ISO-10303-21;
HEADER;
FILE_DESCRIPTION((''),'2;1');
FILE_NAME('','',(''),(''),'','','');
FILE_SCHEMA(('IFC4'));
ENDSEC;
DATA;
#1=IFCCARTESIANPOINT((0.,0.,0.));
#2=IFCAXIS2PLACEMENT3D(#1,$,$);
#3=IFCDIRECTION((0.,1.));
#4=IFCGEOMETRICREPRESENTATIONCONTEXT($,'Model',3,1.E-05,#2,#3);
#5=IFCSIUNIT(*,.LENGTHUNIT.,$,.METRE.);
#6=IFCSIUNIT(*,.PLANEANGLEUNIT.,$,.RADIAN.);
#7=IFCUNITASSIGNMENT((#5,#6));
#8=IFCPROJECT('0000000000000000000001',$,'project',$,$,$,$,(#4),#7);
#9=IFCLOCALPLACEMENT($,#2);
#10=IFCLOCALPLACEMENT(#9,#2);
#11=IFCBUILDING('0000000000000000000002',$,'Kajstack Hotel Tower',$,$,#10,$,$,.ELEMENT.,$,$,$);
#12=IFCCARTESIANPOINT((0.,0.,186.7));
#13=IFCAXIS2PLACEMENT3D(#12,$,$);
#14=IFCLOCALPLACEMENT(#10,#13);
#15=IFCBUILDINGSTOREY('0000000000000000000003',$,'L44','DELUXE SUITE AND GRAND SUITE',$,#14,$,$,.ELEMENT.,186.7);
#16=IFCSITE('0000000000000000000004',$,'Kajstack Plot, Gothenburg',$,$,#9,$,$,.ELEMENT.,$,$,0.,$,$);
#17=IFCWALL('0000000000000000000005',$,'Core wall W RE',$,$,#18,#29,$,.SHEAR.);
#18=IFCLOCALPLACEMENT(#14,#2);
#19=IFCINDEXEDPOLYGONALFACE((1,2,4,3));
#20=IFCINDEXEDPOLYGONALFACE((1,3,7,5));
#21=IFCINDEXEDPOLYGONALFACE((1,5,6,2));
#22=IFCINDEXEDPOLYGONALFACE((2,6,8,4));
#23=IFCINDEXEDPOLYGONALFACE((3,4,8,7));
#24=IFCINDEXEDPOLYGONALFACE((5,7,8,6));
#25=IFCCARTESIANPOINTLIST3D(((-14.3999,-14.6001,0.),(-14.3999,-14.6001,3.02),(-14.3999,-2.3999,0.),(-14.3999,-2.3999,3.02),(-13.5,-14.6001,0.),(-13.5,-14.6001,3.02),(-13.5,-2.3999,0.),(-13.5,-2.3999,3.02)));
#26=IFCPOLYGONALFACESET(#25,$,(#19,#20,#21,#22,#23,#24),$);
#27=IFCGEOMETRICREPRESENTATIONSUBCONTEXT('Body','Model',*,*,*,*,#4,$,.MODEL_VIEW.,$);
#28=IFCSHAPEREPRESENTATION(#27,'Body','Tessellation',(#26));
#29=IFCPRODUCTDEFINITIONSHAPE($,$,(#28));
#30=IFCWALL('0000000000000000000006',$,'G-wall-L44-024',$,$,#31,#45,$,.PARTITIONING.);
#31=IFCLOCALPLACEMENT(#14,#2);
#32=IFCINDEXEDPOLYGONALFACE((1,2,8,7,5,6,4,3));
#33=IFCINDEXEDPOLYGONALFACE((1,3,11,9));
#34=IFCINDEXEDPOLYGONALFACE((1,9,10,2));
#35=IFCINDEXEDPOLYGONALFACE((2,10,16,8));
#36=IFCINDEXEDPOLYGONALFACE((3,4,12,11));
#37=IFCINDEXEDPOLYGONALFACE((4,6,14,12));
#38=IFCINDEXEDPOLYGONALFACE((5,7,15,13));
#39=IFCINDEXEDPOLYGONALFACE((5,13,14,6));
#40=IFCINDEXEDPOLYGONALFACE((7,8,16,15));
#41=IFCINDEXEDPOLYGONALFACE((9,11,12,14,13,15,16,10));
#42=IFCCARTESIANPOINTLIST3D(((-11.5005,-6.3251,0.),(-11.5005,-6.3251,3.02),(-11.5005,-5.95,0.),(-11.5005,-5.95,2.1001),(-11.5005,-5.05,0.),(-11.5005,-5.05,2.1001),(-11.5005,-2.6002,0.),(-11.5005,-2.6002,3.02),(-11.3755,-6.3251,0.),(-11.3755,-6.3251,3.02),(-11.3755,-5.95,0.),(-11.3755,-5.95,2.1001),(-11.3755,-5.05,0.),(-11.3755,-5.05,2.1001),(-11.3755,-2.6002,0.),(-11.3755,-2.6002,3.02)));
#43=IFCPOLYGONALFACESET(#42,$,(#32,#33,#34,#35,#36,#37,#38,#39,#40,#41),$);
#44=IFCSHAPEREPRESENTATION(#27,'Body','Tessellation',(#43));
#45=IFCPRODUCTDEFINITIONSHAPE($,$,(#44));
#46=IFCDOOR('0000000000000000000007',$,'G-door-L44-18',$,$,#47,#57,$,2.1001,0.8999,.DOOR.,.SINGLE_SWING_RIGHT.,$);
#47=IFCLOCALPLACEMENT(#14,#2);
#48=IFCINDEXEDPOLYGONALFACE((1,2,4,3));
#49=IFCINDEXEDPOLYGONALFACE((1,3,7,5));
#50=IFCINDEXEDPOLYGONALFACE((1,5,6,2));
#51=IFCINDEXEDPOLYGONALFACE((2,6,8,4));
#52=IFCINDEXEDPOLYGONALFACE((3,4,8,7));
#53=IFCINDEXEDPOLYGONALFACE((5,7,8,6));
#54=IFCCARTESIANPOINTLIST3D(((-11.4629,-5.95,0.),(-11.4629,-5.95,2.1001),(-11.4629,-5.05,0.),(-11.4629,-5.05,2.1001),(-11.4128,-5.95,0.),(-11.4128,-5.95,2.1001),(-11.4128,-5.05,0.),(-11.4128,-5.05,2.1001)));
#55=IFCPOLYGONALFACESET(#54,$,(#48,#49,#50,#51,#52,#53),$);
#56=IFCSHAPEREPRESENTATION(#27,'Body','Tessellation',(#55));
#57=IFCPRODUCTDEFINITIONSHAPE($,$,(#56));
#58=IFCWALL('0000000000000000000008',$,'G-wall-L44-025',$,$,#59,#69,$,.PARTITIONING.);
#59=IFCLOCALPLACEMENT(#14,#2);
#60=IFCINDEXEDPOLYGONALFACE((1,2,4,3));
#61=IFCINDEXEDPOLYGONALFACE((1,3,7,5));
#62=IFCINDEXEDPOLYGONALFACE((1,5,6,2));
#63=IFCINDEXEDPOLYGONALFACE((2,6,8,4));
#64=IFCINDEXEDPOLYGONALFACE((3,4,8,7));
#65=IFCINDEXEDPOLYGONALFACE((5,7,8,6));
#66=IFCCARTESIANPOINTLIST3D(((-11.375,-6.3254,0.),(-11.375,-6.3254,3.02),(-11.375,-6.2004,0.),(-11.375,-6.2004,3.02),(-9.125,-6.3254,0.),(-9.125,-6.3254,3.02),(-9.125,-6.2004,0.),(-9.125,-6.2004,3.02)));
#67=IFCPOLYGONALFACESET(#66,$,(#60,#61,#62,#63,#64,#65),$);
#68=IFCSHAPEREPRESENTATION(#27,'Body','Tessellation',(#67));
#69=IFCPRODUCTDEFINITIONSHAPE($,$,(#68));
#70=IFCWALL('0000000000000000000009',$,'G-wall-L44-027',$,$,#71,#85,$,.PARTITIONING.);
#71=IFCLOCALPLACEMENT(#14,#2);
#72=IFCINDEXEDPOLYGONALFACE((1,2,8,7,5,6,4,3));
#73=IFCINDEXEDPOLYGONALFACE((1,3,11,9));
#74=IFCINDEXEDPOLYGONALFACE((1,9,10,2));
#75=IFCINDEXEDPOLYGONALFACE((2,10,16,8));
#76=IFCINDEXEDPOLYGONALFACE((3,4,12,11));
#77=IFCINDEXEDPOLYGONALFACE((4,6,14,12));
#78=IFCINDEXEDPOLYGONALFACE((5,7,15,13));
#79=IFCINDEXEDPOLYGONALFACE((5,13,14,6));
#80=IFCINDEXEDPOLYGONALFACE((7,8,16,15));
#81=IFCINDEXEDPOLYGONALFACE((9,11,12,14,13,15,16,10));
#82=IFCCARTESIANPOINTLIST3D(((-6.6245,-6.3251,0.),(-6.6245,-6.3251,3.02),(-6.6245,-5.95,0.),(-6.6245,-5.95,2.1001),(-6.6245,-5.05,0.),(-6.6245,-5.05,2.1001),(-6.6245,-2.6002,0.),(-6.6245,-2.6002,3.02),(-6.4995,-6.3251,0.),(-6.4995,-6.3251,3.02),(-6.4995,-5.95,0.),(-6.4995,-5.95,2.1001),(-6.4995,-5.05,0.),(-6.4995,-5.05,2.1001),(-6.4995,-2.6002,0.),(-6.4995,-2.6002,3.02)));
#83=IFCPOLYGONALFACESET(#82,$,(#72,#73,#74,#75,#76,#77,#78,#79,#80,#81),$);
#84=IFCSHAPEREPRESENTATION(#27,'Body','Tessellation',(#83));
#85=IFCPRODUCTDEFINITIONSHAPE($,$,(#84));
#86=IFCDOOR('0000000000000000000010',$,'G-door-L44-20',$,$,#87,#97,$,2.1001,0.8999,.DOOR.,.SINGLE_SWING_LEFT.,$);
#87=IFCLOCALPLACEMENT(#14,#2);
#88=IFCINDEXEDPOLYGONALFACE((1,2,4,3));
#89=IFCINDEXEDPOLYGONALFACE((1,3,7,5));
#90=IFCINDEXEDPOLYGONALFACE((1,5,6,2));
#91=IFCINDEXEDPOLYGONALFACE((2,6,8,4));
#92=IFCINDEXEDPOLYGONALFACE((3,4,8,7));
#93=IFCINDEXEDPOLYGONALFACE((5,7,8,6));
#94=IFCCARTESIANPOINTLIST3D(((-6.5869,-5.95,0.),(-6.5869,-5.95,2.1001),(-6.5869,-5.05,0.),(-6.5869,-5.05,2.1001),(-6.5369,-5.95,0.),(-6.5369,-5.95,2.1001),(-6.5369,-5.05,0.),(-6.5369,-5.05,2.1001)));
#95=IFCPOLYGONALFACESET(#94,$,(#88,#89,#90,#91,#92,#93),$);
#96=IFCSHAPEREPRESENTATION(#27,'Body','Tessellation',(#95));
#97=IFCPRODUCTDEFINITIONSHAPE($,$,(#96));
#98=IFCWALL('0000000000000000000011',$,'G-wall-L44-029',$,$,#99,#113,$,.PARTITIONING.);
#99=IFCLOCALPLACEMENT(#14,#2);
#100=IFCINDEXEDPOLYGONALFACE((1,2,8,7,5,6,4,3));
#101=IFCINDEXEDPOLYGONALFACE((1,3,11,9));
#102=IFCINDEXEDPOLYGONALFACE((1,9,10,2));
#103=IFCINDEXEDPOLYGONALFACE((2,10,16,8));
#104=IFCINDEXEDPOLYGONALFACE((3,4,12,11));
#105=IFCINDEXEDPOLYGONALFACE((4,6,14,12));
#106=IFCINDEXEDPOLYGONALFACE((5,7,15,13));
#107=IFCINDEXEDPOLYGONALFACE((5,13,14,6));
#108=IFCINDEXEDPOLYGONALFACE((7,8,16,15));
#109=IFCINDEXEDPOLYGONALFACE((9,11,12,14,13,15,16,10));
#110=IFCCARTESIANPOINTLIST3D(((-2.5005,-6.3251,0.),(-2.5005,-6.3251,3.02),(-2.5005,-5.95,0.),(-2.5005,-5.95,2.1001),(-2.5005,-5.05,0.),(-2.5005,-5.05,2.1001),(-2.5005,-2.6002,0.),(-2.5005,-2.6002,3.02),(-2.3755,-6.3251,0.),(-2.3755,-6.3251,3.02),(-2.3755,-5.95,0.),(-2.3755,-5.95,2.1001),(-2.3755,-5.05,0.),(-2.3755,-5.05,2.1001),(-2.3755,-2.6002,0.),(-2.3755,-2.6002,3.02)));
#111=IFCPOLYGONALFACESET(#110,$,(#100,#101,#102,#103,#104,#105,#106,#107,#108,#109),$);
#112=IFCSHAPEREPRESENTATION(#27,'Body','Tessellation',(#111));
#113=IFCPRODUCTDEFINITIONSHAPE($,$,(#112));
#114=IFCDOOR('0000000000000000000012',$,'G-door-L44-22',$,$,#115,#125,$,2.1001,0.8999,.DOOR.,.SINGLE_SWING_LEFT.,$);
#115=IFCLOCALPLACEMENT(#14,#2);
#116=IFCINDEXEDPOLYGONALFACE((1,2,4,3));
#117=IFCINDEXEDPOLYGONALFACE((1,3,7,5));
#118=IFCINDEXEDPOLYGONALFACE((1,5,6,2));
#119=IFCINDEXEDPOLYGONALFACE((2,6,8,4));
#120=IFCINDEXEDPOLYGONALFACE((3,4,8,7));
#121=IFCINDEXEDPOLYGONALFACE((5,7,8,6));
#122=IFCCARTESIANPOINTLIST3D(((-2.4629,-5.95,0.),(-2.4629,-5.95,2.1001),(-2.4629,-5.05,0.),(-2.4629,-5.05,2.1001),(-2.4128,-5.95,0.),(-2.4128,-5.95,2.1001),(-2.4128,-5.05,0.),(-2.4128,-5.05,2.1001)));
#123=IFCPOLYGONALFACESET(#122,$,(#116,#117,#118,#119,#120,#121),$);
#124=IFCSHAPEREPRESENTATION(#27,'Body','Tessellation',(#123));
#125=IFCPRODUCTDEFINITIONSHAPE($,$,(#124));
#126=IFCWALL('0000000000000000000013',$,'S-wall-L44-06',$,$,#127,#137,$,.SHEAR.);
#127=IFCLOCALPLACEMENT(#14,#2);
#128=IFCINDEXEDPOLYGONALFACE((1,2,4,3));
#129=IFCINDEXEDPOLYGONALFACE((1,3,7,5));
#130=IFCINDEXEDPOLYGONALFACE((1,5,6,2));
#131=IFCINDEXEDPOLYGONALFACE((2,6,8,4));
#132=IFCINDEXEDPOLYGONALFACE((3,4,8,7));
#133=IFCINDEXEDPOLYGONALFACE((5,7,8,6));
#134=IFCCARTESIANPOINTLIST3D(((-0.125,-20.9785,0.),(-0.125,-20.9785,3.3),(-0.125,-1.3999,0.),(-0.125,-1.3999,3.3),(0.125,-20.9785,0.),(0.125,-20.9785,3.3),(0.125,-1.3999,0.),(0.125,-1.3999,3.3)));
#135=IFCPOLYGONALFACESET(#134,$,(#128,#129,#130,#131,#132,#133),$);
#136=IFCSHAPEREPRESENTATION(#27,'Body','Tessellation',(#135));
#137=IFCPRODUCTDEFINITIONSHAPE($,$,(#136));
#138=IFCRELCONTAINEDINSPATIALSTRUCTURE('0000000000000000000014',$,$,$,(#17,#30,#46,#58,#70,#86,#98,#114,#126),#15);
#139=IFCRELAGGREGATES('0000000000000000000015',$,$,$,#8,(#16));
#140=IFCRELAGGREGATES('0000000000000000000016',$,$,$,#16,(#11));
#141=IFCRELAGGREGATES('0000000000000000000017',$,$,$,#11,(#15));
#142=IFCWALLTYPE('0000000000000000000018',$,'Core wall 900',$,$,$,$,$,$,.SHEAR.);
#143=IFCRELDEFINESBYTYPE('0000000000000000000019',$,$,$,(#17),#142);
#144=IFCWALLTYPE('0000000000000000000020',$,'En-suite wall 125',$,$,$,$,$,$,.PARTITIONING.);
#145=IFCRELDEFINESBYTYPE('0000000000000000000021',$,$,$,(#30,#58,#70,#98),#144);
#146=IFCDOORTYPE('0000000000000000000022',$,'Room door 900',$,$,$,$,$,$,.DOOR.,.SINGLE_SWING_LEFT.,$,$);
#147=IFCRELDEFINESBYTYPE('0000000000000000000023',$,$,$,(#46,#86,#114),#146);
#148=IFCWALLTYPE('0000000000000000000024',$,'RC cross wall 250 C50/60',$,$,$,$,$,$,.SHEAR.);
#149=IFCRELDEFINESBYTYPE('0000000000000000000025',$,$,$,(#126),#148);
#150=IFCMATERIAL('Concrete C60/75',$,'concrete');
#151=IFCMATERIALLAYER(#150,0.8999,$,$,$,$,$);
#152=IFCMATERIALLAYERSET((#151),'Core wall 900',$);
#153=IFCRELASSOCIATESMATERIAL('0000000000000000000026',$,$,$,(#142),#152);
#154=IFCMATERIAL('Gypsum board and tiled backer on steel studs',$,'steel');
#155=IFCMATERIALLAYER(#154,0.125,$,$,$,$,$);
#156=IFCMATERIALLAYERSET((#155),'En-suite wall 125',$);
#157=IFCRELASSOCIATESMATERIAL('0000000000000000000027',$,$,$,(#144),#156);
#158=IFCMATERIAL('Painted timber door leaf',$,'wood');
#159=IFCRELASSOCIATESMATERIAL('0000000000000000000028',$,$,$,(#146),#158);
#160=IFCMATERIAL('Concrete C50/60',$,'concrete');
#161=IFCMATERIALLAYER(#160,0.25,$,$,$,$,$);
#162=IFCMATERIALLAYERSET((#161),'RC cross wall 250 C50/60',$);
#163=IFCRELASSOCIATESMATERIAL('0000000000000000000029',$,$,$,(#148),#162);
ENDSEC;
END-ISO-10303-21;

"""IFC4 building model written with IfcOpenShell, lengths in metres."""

from ifc_helpers import new_model, si_unit, direction, frame, frame_2d, origin, place, context, subcontext, project, spatial, rectangle, extrude, material, layer, layer_set, type_object, element, fill, save


model = new_model("IFC4")

# Units and contexts
model_context = context("Model", 3, precision=1e-05, world=origin(), true_north=direction((0.0, 1.0)))
body_context = subcontext(model_context, "Body", "Model", "MODEL_VIEW")
ifc_project = project(units=[si_unit("LENGTHUNIT", "METRE"), si_unit("PLANEANGLEUNIT", "RADIAN")], contexts=[model_context])

# Site, building, storey
site_placement = place(None, origin())
site = spatial("IfcSite", under=ifc_project, at=site_placement, Name="Kajstack Plot, Gothenburg", CompositionType="ELEMENT", RefElevation=0.0)
building_placement = place(site_placement, origin())
building = spatial("IfcBuilding", under=site, at=building_placement, Name="Kajstack Hotel Tower", CompositionType="ELEMENT")
storey_placement = place(building_placement, frame((0.0, 0.0, 186.7)))
storey = spatial("IfcBuildingStorey", under=building, at=storey_placement, Name="L44", Description="DELUXE SUITE AND GRAND SUITE", CompositionType="ELEMENT", Elevation=186.7)

# Wall
ifc_material_1 = material(Name="Concrete C60/75", Category="concrete")
ifc_layer_1 = layer(ifc_material_1, 0.8999)
ifc_layer_set_1 = layer_set([ifc_layer_1], Name="Core wall 900")
wall_type_1 = type_object("IfcWallType", Name="Core wall 900", PredefinedType="SHEAR", material=ifc_layer_set_1)
wall_1_placement = place(storey_placement, frame((-13.95, -14.6001, 0.0), z_axis=(0.0, 0.0, 1.0), x_axis=(0.0, 1.0, 0.0)))
element("IfcWall", 1, at=wall_1_placement, inside=storey, type_object=wall_type_1, Name="Core wall W RE", PredefinedType="SHEAR", context=body_context, shape_type="SweptSolid", body=[
    extrude(rectangle(XDim=12.2002, YDim=0.8999, at=frame_2d((6.1001, 0.0))), origin(), (0.0, 0.0, 1.0), 3.02),
])

# Wall, opening, door
ifc_material_2 = material(Name="Gypsum board and tiled backer on steel studs", Category="steel")
ifc_layer_2 = layer(ifc_material_2, 0.125)
ifc_layer_set_2 = layer_set([ifc_layer_2], Name="En-suite wall 125")
wall_type_2 = type_object("IfcWallType", Name="En-suite wall 125", PredefinedType="PARTITIONING", material=ifc_layer_set_2)
wall_2_placement = place(storey_placement, frame((-11.438, -6.325, 0.0), z_axis=(0.0, 0.0, 1.0), x_axis=(0.0, 1.0, 0.0)))
wall_2 = element("IfcWall", 2, at=wall_2_placement, inside=storey, type_object=wall_type_2, Name="G-wall-L44-024", PredefinedType="PARTITIONING", context=body_context, shape_type="SweptSolid", body=[
    extrude(rectangle(XDim=3.7249, YDim=0.125, at=frame_2d((1.8623, 0.0))), origin(), (0.0, 0.0, 1.0), 3.02),
])
opening_1_placement = place(wall_2_placement, frame((0.375, 0.0, 0.0)))
opening_1 = element("IfcOpeningElement", 3, at=opening_1_placement, cuts=wall_2, PredefinedType="OPENING", context=body_context, shape_type="SweptSolid", body=[
    extrude(rectangle(XDim=0.8999, YDim=2.1001, at=frame_2d((0.45, 1.05))), frame((0.0, 0.0725, 0.0), z_axis=(0.0, -1.0, 0.0), x_axis=(1.0, 0.0, 0.0)), (0.0, 0.0, 1.0), 0.145),
])
ifc_material_3 = material(Name="Painted timber door leaf", Category="wood")
door_type = type_object("IfcDoorType", Name="Room door 900", OperationType="SINGLE_SWING_LEFT", PredefinedType="DOOR", material=ifc_material_3)
door_1_placement = place(opening_1_placement, origin())
door_1 = element("IfcDoor", 4, at=door_1_placement, inside=storey, type_object=door_type, Name="G-door-L44-18", OperationType="SINGLE_SWING_RIGHT", OverallHeight=2.1001, OverallWidth=0.8999, PredefinedType="DOOR", context=body_context, shape_type="SweptSolid", body=[
    extrude(rectangle(XDim=0.8999, YDim=2.1001, at=frame_2d((0.45, 1.05))), frame((0.0, 0.0249, 0.0), z_axis=(0.0, -1.0, 0.0), x_axis=(1.0, 0.0, 0.0)), (0.0, 0.0, 1.0), 0.05),
])
fill(opening_1, door_1)

# Wall
wall_3_placement = place(storey_placement, frame((-11.375, -6.2629, 0.0), z_axis=(0.0, 0.0, 1.0), x_axis=(1.0, 0.0, 0.0)))
element("IfcWall", 5, at=wall_3_placement, inside=storey, type_object=wall_type_2, Name="G-wall-L44-025", PredefinedType="PARTITIONING", context=body_context, shape_type="SweptSolid", body=[
    extrude(rectangle(XDim=2.25, YDim=0.125, at=frame_2d((1.125, 0.0))), origin(), (0.0, 0.0, 1.0), 3.02),
])

# Walls, openings, doors
wall_4_placement = place(storey_placement, frame((-6.562, -6.325, 0.0), z_axis=(0.0, 0.0, 1.0), x_axis=(0.0, 1.0, 0.0)))
wall_4 = element("IfcWall", 6, at=wall_4_placement, inside=storey, type_object=wall_type_2, Name="G-wall-L44-027", PredefinedType="PARTITIONING", context=body_context, shape_type="SweptSolid", body=[
    extrude(rectangle(XDim=3.7249, YDim=0.125, at=frame_2d((1.8623, 0.0))), origin(), (0.0, 0.0, 1.0), 3.02),
])
opening_2_placement = place(wall_4_placement, frame((0.375, 0.0, 0.0)))
opening_2 = element("IfcOpeningElement", 7, at=opening_2_placement, cuts=wall_4, PredefinedType="OPENING", context=body_context, shape_type="SweptSolid", body=[
    extrude(rectangle(XDim=0.8999, YDim=2.1001, at=frame_2d((0.45, 1.05))), frame((0.0, 0.0725, 0.0), z_axis=(0.0, -1.0, 0.0), x_axis=(1.0, 0.0, 0.0)), (0.0, 0.0, 1.0), 0.145),
])
door_2_placement = place(opening_2_placement, origin())
door_2 = element("IfcDoor", 8, at=door_2_placement, inside=storey, type_object=door_type, Name="G-door-L44-20", OperationType="SINGLE_SWING_LEFT", OverallHeight=2.1001, OverallWidth=0.8999, PredefinedType="DOOR", context=body_context, shape_type="SweptSolid", body=[
    extrude(rectangle(XDim=0.8999, YDim=2.1001, at=frame_2d((0.45, 1.05))), frame((0.0, 0.0249, 0.0), z_axis=(0.0, -1.0, 0.0), x_axis=(1.0, 0.0, 0.0)), (0.0, 0.0, 1.0), 0.05),
])
fill(opening_2, door_2)
wall_5_placement = place(storey_placement, frame((-2.438, -6.325, 0.0), z_axis=(0.0, 0.0, 1.0), x_axis=(0.0, 1.0, 0.0)))
wall_5 = element("IfcWall", 9, at=wall_5_placement, inside=storey, type_object=wall_type_2, Name="G-wall-L44-029", PredefinedType="PARTITIONING", context=body_context, shape_type="SweptSolid", body=[
    extrude(rectangle(XDim=3.7249, YDim=0.125, at=frame_2d((1.8623, 0.0))), origin(), (0.0, 0.0, 1.0), 3.02),
])
opening_3_placement = place(wall_5_placement, frame((0.375, 0.0, 0.0)))
opening_3 = element("IfcOpeningElement", 10, at=opening_3_placement, cuts=wall_5, PredefinedType="OPENING", context=body_context, shape_type="SweptSolid", body=[
    extrude(rectangle(XDim=0.8999, YDim=2.1001, at=frame_2d((0.45, 1.05))), frame((0.0, 0.0725, 0.0), z_axis=(0.0, -1.0, 0.0), x_axis=(1.0, 0.0, 0.0)), (0.0, 0.0, 1.0), 0.145),
])
door_3_placement = place(opening_3_placement, origin())
door_3 = element("IfcDoor", 11, at=door_3_placement, inside=storey, type_object=door_type, Name="G-door-L44-22", OperationType="SINGLE_SWING_LEFT", OverallHeight=2.1001, OverallWidth=0.8999, PredefinedType="DOOR", context=body_context, shape_type="SweptSolid", body=[
    extrude(rectangle(XDim=0.8999, YDim=2.1001, at=frame_2d((0.45, 1.05))), frame((0.0, 0.0249, 0.0), z_axis=(0.0, -1.0, 0.0), x_axis=(1.0, 0.0, 0.0)), (0.0, 0.0, 1.0), 0.05),
])
fill(opening_3, door_3)

# Wall
ifc_material_4 = material(Name="Concrete C50/60", Category="concrete")
ifc_layer_3 = layer(ifc_material_4, 0.25)
ifc_layer_set_3 = layer_set([ifc_layer_3], Name="RC cross wall 250 C50/60")
wall_type_3 = type_object("IfcWallType", Name="RC cross wall 250 C50/60", PredefinedType="SHEAR", material=ifc_layer_set_3)
wall_6_placement = place(storey_placement, frame((0.0, -20.9785, 0.0), z_axis=(0.0, 0.0, 1.0), x_axis=(0.0, 1.0, 0.0)))
element("IfcWall", 12, at=wall_6_placement, inside=storey, type_object=wall_type_3, Name="S-wall-L44-06", PredefinedType="SHEAR", context=body_context, shape_type="SweptSolid", body=[
    extrude(rectangle(XDim=19.5786, YDim=0.25, at=frame_2d((9.7893, 0.0))), origin(), (0.0, 0.0, 1.0), 3.3),
])

save(model, "model.ifc")
